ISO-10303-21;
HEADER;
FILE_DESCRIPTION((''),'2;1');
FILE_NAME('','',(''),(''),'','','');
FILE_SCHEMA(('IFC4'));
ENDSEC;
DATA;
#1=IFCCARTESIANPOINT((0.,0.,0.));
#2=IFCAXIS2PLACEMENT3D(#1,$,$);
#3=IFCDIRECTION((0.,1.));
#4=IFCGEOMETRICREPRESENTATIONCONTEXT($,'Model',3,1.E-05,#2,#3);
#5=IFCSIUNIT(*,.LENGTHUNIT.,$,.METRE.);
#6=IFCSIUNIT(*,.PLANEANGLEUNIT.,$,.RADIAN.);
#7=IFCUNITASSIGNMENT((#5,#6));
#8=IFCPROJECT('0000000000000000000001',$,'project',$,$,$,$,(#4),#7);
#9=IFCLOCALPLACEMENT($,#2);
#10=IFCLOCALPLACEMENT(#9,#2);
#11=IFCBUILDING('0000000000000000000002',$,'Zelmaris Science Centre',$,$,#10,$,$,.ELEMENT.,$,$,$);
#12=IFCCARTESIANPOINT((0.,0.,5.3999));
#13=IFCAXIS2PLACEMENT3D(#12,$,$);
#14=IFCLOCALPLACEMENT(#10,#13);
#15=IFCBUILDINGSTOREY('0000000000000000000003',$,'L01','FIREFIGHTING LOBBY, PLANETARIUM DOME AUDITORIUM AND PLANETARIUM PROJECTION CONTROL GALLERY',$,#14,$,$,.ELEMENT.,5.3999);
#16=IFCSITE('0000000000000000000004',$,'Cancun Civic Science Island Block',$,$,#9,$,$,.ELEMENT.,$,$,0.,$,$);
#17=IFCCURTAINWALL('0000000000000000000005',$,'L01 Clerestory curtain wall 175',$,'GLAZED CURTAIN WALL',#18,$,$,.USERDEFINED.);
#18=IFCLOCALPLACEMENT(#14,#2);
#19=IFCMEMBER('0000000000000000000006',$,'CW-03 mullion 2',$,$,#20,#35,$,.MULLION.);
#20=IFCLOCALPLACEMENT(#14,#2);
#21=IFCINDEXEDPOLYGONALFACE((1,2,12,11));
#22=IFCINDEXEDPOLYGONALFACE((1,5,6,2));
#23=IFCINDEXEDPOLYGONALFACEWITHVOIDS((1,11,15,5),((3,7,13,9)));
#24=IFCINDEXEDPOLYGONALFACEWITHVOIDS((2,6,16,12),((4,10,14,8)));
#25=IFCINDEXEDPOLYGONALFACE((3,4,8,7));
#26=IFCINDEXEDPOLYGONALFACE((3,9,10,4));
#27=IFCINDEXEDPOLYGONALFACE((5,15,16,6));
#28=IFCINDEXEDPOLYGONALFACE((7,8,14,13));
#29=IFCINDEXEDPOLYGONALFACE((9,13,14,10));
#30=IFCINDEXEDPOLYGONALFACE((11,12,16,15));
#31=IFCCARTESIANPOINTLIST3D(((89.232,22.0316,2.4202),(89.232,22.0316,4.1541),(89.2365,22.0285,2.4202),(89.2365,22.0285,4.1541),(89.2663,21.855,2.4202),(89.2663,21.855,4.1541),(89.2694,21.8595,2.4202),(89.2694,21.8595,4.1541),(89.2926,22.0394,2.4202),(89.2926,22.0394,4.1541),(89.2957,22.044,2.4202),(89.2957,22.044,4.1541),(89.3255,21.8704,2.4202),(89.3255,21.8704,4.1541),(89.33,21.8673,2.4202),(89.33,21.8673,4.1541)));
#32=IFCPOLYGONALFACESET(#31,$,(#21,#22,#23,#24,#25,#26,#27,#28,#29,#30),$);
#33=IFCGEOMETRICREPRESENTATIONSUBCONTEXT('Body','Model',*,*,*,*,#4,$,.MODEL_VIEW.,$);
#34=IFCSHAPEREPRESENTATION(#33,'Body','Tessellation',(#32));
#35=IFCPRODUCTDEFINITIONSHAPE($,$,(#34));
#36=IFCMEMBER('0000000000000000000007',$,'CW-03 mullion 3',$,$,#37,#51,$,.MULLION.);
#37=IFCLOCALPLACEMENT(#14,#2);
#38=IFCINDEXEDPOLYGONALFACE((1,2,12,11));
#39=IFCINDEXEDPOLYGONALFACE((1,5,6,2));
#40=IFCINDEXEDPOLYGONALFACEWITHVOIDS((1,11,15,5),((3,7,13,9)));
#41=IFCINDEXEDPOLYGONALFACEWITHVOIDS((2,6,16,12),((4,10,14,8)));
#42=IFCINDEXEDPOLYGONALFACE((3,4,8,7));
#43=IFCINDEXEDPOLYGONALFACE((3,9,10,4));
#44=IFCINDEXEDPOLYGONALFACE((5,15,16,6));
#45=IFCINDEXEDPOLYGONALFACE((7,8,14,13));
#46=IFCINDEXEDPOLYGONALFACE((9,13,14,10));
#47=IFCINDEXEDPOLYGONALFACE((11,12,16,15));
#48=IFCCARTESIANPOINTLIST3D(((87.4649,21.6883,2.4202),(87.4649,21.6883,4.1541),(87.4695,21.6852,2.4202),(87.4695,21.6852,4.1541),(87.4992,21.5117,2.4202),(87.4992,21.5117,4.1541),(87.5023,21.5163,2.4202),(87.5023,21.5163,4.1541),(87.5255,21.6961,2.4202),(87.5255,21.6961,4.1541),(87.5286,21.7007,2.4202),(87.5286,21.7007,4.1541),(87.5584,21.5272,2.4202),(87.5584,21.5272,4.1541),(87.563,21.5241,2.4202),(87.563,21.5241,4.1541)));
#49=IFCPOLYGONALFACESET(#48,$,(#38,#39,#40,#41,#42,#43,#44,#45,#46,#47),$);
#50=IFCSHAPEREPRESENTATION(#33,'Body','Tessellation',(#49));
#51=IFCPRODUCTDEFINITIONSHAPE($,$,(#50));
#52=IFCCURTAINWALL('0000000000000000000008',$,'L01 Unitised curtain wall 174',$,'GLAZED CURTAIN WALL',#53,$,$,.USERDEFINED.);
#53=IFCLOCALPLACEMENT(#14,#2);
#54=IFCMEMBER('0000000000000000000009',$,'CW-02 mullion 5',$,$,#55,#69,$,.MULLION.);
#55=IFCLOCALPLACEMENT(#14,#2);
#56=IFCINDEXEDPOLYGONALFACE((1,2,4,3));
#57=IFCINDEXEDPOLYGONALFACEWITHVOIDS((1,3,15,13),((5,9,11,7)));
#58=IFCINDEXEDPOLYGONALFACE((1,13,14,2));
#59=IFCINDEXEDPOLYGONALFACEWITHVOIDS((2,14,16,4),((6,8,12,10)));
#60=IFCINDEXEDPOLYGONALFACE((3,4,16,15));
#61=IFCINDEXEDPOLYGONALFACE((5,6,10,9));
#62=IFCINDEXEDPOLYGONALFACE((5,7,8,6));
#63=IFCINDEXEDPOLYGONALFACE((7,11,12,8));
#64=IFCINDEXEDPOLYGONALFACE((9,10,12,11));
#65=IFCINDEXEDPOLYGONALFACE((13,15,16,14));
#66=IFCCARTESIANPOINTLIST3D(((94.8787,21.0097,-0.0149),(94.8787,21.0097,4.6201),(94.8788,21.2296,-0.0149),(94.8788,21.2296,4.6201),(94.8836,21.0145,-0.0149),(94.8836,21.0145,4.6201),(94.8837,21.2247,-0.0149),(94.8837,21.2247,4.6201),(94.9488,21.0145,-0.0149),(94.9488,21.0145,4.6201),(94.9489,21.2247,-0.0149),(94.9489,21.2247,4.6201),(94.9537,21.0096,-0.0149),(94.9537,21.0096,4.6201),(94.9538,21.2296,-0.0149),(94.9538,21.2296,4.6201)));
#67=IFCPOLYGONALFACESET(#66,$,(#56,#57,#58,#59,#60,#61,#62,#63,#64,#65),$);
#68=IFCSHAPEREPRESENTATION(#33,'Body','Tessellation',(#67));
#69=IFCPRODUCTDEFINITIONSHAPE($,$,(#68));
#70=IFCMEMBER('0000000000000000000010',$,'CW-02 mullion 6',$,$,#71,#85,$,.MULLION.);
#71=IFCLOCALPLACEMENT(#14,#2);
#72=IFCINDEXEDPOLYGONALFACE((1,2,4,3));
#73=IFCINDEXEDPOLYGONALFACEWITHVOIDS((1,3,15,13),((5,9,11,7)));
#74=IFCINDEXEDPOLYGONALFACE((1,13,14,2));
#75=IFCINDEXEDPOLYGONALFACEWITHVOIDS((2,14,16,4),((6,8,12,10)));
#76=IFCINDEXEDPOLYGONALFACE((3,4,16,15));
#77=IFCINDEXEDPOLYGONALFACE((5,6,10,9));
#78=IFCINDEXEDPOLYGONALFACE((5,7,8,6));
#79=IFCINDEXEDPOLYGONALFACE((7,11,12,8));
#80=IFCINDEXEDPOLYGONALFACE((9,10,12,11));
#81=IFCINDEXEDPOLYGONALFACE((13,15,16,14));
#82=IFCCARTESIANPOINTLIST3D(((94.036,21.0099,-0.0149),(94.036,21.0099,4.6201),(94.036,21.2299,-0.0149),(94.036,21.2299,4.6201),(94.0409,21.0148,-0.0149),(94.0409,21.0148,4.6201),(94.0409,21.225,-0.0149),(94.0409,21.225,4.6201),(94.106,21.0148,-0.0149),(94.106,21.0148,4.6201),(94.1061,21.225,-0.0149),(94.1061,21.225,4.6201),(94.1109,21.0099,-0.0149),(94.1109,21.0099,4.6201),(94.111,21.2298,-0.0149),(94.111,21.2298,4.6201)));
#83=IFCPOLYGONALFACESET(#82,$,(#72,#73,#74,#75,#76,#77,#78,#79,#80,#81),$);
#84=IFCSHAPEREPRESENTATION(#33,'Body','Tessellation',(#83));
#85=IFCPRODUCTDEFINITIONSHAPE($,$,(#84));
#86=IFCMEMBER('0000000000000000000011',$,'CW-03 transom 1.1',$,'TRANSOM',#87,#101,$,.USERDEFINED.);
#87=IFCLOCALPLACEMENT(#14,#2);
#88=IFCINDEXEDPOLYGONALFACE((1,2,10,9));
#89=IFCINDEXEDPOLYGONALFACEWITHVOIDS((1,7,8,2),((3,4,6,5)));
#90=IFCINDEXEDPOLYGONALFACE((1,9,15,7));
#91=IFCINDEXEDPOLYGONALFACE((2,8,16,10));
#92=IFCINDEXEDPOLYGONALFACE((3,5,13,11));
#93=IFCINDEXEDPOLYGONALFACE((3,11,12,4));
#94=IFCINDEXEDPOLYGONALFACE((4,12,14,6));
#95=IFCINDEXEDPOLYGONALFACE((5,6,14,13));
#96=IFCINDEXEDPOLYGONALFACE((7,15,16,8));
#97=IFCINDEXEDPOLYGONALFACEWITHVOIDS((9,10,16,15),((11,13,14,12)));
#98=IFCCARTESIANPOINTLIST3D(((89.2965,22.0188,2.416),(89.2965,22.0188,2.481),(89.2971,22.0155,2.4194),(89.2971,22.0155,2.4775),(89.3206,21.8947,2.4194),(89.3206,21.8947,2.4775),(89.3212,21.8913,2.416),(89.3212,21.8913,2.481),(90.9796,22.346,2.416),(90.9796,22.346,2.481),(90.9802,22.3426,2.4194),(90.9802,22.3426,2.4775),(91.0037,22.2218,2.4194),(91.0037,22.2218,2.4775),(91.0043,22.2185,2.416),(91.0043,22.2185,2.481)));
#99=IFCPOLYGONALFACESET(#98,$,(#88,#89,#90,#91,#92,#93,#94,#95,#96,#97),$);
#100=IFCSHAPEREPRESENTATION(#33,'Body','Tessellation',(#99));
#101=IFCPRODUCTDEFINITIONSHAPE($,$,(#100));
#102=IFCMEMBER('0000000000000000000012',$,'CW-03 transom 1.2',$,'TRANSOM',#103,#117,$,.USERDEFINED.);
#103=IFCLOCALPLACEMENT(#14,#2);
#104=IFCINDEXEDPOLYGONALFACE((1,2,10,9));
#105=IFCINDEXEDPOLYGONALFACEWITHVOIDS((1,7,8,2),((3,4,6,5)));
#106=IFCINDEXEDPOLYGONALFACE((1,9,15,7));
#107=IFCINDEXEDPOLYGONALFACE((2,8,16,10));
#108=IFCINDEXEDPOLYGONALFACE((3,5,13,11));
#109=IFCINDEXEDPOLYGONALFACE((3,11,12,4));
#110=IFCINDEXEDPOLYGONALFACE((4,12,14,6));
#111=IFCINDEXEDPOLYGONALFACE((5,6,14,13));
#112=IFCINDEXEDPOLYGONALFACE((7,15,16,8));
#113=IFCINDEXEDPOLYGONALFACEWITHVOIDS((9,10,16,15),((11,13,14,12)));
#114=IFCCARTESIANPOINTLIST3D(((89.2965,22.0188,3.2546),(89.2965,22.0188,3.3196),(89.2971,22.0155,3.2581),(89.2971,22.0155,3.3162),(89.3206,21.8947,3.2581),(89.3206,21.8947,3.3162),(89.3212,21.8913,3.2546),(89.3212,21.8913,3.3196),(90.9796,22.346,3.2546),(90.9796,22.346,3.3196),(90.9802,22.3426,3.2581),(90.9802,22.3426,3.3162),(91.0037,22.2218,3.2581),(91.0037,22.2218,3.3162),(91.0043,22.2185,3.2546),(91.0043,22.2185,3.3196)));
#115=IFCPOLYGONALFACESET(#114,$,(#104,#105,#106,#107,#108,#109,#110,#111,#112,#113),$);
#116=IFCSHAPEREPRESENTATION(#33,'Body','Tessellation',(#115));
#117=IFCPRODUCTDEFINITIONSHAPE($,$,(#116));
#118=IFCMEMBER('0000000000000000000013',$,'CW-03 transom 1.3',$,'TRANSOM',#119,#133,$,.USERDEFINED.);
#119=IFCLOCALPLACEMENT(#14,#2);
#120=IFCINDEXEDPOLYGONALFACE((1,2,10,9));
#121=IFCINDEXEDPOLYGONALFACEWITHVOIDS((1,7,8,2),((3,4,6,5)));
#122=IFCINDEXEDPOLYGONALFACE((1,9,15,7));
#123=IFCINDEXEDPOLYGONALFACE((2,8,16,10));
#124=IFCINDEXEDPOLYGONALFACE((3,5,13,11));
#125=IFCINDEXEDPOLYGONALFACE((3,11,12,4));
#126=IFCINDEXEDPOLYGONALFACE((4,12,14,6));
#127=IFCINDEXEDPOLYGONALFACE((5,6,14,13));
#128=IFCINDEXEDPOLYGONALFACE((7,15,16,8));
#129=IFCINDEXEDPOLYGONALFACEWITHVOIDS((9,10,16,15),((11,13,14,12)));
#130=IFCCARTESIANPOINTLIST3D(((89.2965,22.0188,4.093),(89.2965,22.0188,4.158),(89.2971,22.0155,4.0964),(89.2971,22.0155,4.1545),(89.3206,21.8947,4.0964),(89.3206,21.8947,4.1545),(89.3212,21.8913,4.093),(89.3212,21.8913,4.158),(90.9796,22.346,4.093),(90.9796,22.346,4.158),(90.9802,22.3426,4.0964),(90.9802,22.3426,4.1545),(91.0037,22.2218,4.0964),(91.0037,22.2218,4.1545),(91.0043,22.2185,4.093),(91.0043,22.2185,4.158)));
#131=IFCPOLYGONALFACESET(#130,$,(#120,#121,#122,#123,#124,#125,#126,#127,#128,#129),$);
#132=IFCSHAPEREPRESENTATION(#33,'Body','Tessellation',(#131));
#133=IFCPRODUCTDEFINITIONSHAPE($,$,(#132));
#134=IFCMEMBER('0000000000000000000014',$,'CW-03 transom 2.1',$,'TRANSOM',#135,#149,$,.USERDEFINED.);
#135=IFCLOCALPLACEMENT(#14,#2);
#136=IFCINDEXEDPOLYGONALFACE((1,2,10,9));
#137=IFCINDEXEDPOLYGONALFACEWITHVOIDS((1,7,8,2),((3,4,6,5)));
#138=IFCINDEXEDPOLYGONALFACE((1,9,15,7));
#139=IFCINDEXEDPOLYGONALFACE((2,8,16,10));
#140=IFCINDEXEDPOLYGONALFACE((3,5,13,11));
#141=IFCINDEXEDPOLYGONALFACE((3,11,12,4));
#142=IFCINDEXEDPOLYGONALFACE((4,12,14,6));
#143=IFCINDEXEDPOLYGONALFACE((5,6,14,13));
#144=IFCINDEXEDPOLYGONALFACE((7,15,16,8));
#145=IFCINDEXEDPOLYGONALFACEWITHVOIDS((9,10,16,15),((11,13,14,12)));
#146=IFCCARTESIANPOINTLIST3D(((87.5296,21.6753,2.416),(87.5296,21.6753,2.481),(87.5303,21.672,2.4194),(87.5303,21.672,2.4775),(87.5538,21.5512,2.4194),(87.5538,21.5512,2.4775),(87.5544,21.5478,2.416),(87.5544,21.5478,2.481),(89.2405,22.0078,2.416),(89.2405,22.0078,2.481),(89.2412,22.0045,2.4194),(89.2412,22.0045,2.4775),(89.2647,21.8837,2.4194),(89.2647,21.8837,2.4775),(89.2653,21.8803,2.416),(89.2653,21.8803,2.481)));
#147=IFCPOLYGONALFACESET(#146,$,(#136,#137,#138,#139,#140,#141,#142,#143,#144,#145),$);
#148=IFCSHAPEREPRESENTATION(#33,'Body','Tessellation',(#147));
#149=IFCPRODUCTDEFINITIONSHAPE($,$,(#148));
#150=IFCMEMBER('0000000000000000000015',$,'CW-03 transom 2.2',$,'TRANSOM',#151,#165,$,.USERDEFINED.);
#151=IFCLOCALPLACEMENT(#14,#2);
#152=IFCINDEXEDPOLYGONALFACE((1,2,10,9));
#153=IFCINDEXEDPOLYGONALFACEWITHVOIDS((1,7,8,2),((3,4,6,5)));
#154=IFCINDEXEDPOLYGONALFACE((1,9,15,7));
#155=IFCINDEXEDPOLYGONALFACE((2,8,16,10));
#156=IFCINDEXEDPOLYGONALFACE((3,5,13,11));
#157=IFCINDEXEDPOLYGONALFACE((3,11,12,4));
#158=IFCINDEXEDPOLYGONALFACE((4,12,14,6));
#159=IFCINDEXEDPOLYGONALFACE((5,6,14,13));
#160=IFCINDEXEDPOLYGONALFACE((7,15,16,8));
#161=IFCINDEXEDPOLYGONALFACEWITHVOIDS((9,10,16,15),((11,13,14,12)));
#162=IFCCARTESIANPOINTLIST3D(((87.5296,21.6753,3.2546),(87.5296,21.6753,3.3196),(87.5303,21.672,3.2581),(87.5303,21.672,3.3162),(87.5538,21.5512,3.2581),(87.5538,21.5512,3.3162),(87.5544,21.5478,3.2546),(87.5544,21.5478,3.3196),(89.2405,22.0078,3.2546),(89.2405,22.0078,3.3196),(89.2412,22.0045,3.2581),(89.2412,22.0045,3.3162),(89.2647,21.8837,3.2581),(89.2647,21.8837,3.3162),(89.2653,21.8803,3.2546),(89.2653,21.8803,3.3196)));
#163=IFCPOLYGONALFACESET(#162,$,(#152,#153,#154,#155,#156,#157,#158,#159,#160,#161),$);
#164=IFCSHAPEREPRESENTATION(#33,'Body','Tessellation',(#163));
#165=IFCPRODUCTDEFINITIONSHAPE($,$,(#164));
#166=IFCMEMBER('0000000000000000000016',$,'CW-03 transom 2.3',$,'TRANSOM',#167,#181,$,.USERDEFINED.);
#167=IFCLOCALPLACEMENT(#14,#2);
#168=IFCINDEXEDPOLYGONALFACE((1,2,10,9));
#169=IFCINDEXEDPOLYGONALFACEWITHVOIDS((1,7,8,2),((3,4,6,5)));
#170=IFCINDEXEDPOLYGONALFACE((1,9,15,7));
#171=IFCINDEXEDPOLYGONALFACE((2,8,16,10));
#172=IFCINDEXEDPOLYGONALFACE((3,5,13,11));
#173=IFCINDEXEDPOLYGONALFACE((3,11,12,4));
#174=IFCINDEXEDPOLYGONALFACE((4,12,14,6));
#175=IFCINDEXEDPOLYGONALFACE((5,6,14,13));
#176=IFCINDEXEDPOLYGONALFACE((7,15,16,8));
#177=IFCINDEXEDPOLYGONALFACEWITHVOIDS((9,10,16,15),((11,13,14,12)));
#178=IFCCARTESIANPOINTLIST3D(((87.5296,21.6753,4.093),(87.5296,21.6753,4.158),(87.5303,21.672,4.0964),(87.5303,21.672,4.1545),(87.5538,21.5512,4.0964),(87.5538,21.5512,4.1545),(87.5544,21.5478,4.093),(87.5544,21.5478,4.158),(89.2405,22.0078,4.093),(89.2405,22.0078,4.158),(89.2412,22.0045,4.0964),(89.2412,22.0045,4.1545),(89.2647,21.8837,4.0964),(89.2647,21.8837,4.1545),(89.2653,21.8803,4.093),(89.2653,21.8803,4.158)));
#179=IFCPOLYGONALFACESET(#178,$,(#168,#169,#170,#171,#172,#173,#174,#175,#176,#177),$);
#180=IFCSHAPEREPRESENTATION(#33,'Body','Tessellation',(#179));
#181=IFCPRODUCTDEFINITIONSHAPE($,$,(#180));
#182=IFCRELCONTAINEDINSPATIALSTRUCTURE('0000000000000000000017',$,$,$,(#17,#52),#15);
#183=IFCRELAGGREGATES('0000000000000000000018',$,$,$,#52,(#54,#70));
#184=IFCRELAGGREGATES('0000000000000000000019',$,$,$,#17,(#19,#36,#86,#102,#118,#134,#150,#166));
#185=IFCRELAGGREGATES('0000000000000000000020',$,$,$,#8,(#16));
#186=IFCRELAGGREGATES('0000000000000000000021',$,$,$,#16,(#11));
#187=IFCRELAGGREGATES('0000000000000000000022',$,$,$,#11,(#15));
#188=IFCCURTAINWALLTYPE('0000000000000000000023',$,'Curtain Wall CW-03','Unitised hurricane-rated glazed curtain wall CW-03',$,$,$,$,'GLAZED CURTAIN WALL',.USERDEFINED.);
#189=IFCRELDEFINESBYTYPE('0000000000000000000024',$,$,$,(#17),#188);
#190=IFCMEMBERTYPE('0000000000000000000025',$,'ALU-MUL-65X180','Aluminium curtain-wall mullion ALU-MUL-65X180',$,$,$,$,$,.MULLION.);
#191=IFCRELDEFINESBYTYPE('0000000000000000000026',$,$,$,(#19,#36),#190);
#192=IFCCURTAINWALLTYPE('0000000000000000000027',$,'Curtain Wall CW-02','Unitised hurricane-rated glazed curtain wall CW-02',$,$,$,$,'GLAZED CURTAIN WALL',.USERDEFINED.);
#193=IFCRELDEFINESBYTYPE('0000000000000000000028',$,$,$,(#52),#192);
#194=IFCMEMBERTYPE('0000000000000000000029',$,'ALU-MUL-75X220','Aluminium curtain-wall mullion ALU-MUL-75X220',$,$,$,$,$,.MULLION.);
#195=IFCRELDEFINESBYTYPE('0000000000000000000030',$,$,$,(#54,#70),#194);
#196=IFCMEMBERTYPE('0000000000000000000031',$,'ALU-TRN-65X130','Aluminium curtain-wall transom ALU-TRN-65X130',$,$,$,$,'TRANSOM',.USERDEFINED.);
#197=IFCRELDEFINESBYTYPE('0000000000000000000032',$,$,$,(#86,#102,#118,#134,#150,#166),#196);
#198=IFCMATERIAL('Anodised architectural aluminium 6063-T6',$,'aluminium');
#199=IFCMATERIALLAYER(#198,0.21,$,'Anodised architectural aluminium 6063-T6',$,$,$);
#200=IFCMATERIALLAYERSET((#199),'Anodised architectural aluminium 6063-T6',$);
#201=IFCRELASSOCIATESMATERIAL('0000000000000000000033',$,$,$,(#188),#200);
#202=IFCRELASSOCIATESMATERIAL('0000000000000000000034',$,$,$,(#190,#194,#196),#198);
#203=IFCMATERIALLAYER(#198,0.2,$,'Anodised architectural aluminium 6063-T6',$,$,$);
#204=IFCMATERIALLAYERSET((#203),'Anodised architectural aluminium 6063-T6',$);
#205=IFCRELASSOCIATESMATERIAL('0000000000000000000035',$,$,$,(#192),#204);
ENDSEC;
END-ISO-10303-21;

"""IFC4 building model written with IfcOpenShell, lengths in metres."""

from ifc_helpers import new_model, si_unit, direction, frame, origin, origin_2d, place, context, subcontext, project, spatial, hollow_rectangle, extrude, material, layer, layer_set, material_profile, profile_set, type_object, element, aggregate, save


model = new_model("IFC4")

# Units and contexts
model_context = context("Model", 3, precision=1e-05, world=origin(), true_north=direction((0.0, 1.0)))
body_context = subcontext(model_context, "Body", "Model", "MODEL_VIEW")
ifc_project = project(units=[si_unit("LENGTHUNIT", "METRE"), si_unit("PLANEANGLEUNIT", "RADIAN")], contexts=[model_context])

# Site, building, storey
site_placement = place(None, origin())
site = spatial("IfcSite", under=ifc_project, at=site_placement, Name="Cancun Civic Science Island Block", CompositionType="ELEMENT", RefElevation=0.0)
building_placement = place(site_placement, origin())
building = spatial("IfcBuilding", under=site, at=building_placement, Name="Zelmaris Science Centre", CompositionType="ELEMENT")
storey_placement = place(building_placement, frame((0.0, 0.0, 5.3999)))
storey = spatial("IfcBuildingStorey", under=building, at=storey_placement, Name="L01", Description="FIREFIGHTING LOBBY, PLANETARIUM DOME AUDITORIUM AND PLANETARIUM PROJECTION CONTROL GALLERY", CompositionType="ELEMENT", Elevation=5.3999)

# Curtain walls, members
ifc_material_1 = material(Name="Anodised architectural aluminium 6063-T6", Category="aluminium")
ifc_layer_1 = layer(ifc_material_1, 0.21, Name="Anodised architectural aluminium 6063-T6")
ifc_layer_set_1 = layer_set([ifc_layer_1], Name="Anodised architectural aluminium 6063-T6")
curtain_wall_type_1 = type_object("IfcCurtainWallType", Name="Curtain Wall CW-03", Description="Unitised hurricane-rated glazed curtain wall CW-03", ElementType="GLAZED CURTAIN WALL", PredefinedType="USERDEFINED", material=ifc_layer_set_1)
curtain_wall_1_placement = place(storey_placement, origin())
curtain_wall_1 = element("IfcCurtainWall", 1, at=curtain_wall_1_placement, inside=storey, type_object=curtain_wall_type_1, Name="L01 Clerestory curtain wall 175", ObjectType="GLAZED CURTAIN WALL", PredefinedType="USERDEFINED")
ifc_material_profile_1 = material_profile(ifc_material_1, hollow_rectangle(XDim=0.0649, YDim=0.1799, WallThickness=0.0039, at=origin_2d()), Name="ALU-MUL-65X180")
ifc_profile_set_1 = profile_set([ifc_material_profile_1], Name="Anodised architectural aluminium 6063-T6")
member_type_1 = type_object("IfcMemberType", Name="ALU-MUL-65X180", Description="Aluminium curtain-wall mullion ALU-MUL-65X180", PredefinedType="MULLION", material=ifc_profile_set_1)
member_1_placement = place(storey_placement, frame((89.281, 21.9495, 2.4202), z_axis=(0.0, 0.0, 1.0), x_axis=(-0.981631, -0.190792, 0.0)))
member_1 = element("IfcMember", 2, at=member_1_placement, type_object=member_type_1, Name="CW-03 mullion 2", PredefinedType="MULLION", context=body_context, shape_type="SweptSolid", body=[
    extrude(hollow_rectangle(XDim=0.0649, YDim=0.1799, WallThickness=0.0039, at=origin_2d()), origin(), (0.0, 0.0, 1.0), 1.7339),
])
member_2_placement = place(storey_placement, frame((87.5139, 21.6062, 2.4202), z_axis=(0.0, 0.0, 1.0), x_axis=(-0.981631, -0.190792, 0.0)))
member_2 = element("IfcMember", 3, at=member_2_placement, type_object=member_type_1, Name="CW-03 mullion 3", PredefinedType="MULLION", context=body_context, shape_type="SweptSolid", body=[
    extrude(hollow_rectangle(XDim=0.0649, YDim=0.1799, WallThickness=0.0039, at=origin_2d()), origin(), (0.0, 0.0, 1.0), 1.7339),
])
ifc_layer_2 = layer(ifc_material_1, 0.2, Name="Anodised architectural aluminium 6063-T6")
ifc_layer_set_2 = layer_set([ifc_layer_2], Name="Anodised architectural aluminium 6063-T6")
curtain_wall_type_2 = type_object("IfcCurtainWallType", Name="Curtain Wall CW-02", Description="Unitised hurricane-rated glazed curtain wall CW-02", ElementType="GLAZED CURTAIN WALL", PredefinedType="USERDEFINED", material=ifc_layer_set_2)
curtain_wall_2_placement = place(storey_placement, origin())
curtain_wall_2 = element("IfcCurtainWall", 4, at=curtain_wall_2_placement, inside=storey, type_object=curtain_wall_type_2, Name="L01 Unitised curtain wall 174", ObjectType="GLAZED CURTAIN WALL", PredefinedType="USERDEFINED")
ifc_material_profile_2 = material_profile(ifc_material_1, hollow_rectangle(XDim=0.075, YDim=0.22, WallThickness=0.0049, at=origin_2d()), Name="ALU-MUL-75X220")
ifc_profile_set_2 = profile_set([ifc_material_profile_2], Name="Anodised architectural aluminium 6063-T6")
member_type_2 = type_object("IfcMemberType", Name="ALU-MUL-75X220", Description="Aluminium curtain-wall mullion ALU-MUL-75X220", PredefinedType="MULLION", material=ifc_profile_set_2)
member_3_placement = place(storey_placement, frame((94.9163, 21.1196, -0.0149), z_axis=(0.0, 0.0, 1.0), x_axis=(-1.0, 0.000321, 0.0)))
member_3 = element("IfcMember", 5, at=member_3_placement, type_object=member_type_2, Name="CW-02 mullion 5", PredefinedType="MULLION", context=body_context, shape_type="SweptSolid", body=[
    extrude(hollow_rectangle(XDim=0.075, YDim=0.22, WallThickness=0.0049, at=origin_2d()), origin(), (0.0, 0.0, 1.0), 4.635),
])
member_4_placement = place(storey_placement, frame((94.0735, 21.1199, -0.0149), z_axis=(0.0, 0.0, 1.0), x_axis=(-1.0, 0.000321, 0.0)))
member_4 = element("IfcMember", 6, at=member_4_placement, type_object=member_type_2, Name="CW-02 mullion 6", PredefinedType="MULLION", context=body_context, shape_type="SweptSolid", body=[
    extrude(hollow_rectangle(XDim=0.075, YDim=0.22, WallThickness=0.0049, at=origin_2d()), origin(), (0.0, 0.0, 1.0), 4.635),
])

# Members
ifc_material_profile_3 = material_profile(ifc_material_1, hollow_rectangle(XDim=0.0649, YDim=0.1299, WallThickness=0.0034, at=origin_2d()), Name="ALU-TRN-65X130")
ifc_profile_set_3 = profile_set([ifc_material_profile_3], Name="Anodised architectural aluminium 6063-T6")
member_type_3 = type_object("IfcMemberType", Name="ALU-TRN-65X130", Description="Aluminium curtain-wall transom ALU-TRN-65X130", ElementType="TRANSOM", PredefinedType="USERDEFINED", material=ifc_profile_set_3)
member_5_placement = place(storey_placement, frame((90.9919, 22.2822, 2.4485), z_axis=(-0.981629, -0.190801, 0.0), x_axis=(0.0, 0.0, 1.0)))
member_5 = element("IfcMember", 7, at=member_5_placement, type_object=member_type_3, Name="CW-03 transom 1.1", ObjectType="TRANSOM", PredefinedType="USERDEFINED", context=body_context, shape_type="SweptSolid", body=[
    extrude(hollow_rectangle(XDim=0.0649, YDim=0.1299, WallThickness=0.0034, at=origin_2d()), origin(), (0.0, 0.0, 1.0), 1.7146),
])
member_6_placement = place(storey_placement, frame((90.9919, 22.2822, 3.2871), z_axis=(-0.981629, -0.190801, 0.0), x_axis=(0.0, 0.0, 1.0)))
member_6 = element("IfcMember", 8, at=member_6_placement, type_object=member_type_3, Name="CW-03 transom 1.2", ObjectType="TRANSOM", PredefinedType="USERDEFINED", context=body_context, shape_type="SweptSolid", body=[
    extrude(hollow_rectangle(XDim=0.0649, YDim=0.1299, WallThickness=0.0034, at=origin_2d()), origin(), (0.0, 0.0, 1.0), 1.7146),
])
member_7_placement = place(storey_placement, frame((90.9919, 22.2822, 4.1255), z_axis=(-0.981629, -0.190801, 0.0), x_axis=(0.0, 0.0, 1.0)))
member_7 = element("IfcMember", 9, at=member_7_placement, type_object=member_type_3, Name="CW-03 transom 1.3", ObjectType="TRANSOM", PredefinedType="USERDEFINED", context=body_context, shape_type="SweptSolid", body=[
    extrude(hollow_rectangle(XDim=0.0649, YDim=0.1299, WallThickness=0.0034, at=origin_2d()), origin(), (0.0, 0.0, 1.0), 1.7146),
])
member_8_placement = place(storey_placement, frame((89.2529, 21.9441, 2.4485), z_axis=(-0.981633, -0.19078, 0.0), x_axis=(0.0, 0.0, 1.0)))
member_8 = element("IfcMember", 10, at=member_8_placement, type_object=member_type_3, Name="CW-03 transom 2.1", ObjectType="TRANSOM", PredefinedType="USERDEFINED", context=body_context, shape_type="SweptSolid", body=[
    extrude(hollow_rectangle(XDim=0.0649, YDim=0.1299, WallThickness=0.0034, at=origin_2d()), origin(), (0.0, 0.0, 1.0), 1.7429),
])
member_9_placement = place(storey_placement, frame((89.2529, 21.9441, 3.2871), z_axis=(-0.981633, -0.19078, 0.0), x_axis=(0.0, 0.0, 1.0)))
member_9 = element("IfcMember", 11, at=member_9_placement, type_object=member_type_3, Name="CW-03 transom 2.2", ObjectType="TRANSOM", PredefinedType="USERDEFINED", context=body_context, shape_type="SweptSolid", body=[
    extrude(hollow_rectangle(XDim=0.0649, YDim=0.1299, WallThickness=0.0034, at=origin_2d()), origin(), (0.0, 0.0, 1.0), 1.7429),
])
member_10_placement = place(storey_placement, frame((89.2529, 21.9441, 4.1255), z_axis=(-0.981633, -0.19078, 0.0), x_axis=(0.0, 0.0, 1.0)))
member_10 = element("IfcMember", 12, at=member_10_placement, type_object=member_type_3, Name="CW-03 transom 2.3", ObjectType="TRANSOM", PredefinedType="USERDEFINED", context=body_context, shape_type="SweptSolid", body=[
    extrude(hollow_rectangle(XDim=0.0649, YDim=0.1299, WallThickness=0.0034, at=origin_2d()), origin(), (0.0, 0.0, 1.0), 1.7429),
])

aggregate(curtain_wall_2, [member_3, member_4])
aggregate(curtain_wall_1, [member_1, member_2, member_5, member_6, member_7, member_8, member_9, member_10])

save(model, "model.ifc")
